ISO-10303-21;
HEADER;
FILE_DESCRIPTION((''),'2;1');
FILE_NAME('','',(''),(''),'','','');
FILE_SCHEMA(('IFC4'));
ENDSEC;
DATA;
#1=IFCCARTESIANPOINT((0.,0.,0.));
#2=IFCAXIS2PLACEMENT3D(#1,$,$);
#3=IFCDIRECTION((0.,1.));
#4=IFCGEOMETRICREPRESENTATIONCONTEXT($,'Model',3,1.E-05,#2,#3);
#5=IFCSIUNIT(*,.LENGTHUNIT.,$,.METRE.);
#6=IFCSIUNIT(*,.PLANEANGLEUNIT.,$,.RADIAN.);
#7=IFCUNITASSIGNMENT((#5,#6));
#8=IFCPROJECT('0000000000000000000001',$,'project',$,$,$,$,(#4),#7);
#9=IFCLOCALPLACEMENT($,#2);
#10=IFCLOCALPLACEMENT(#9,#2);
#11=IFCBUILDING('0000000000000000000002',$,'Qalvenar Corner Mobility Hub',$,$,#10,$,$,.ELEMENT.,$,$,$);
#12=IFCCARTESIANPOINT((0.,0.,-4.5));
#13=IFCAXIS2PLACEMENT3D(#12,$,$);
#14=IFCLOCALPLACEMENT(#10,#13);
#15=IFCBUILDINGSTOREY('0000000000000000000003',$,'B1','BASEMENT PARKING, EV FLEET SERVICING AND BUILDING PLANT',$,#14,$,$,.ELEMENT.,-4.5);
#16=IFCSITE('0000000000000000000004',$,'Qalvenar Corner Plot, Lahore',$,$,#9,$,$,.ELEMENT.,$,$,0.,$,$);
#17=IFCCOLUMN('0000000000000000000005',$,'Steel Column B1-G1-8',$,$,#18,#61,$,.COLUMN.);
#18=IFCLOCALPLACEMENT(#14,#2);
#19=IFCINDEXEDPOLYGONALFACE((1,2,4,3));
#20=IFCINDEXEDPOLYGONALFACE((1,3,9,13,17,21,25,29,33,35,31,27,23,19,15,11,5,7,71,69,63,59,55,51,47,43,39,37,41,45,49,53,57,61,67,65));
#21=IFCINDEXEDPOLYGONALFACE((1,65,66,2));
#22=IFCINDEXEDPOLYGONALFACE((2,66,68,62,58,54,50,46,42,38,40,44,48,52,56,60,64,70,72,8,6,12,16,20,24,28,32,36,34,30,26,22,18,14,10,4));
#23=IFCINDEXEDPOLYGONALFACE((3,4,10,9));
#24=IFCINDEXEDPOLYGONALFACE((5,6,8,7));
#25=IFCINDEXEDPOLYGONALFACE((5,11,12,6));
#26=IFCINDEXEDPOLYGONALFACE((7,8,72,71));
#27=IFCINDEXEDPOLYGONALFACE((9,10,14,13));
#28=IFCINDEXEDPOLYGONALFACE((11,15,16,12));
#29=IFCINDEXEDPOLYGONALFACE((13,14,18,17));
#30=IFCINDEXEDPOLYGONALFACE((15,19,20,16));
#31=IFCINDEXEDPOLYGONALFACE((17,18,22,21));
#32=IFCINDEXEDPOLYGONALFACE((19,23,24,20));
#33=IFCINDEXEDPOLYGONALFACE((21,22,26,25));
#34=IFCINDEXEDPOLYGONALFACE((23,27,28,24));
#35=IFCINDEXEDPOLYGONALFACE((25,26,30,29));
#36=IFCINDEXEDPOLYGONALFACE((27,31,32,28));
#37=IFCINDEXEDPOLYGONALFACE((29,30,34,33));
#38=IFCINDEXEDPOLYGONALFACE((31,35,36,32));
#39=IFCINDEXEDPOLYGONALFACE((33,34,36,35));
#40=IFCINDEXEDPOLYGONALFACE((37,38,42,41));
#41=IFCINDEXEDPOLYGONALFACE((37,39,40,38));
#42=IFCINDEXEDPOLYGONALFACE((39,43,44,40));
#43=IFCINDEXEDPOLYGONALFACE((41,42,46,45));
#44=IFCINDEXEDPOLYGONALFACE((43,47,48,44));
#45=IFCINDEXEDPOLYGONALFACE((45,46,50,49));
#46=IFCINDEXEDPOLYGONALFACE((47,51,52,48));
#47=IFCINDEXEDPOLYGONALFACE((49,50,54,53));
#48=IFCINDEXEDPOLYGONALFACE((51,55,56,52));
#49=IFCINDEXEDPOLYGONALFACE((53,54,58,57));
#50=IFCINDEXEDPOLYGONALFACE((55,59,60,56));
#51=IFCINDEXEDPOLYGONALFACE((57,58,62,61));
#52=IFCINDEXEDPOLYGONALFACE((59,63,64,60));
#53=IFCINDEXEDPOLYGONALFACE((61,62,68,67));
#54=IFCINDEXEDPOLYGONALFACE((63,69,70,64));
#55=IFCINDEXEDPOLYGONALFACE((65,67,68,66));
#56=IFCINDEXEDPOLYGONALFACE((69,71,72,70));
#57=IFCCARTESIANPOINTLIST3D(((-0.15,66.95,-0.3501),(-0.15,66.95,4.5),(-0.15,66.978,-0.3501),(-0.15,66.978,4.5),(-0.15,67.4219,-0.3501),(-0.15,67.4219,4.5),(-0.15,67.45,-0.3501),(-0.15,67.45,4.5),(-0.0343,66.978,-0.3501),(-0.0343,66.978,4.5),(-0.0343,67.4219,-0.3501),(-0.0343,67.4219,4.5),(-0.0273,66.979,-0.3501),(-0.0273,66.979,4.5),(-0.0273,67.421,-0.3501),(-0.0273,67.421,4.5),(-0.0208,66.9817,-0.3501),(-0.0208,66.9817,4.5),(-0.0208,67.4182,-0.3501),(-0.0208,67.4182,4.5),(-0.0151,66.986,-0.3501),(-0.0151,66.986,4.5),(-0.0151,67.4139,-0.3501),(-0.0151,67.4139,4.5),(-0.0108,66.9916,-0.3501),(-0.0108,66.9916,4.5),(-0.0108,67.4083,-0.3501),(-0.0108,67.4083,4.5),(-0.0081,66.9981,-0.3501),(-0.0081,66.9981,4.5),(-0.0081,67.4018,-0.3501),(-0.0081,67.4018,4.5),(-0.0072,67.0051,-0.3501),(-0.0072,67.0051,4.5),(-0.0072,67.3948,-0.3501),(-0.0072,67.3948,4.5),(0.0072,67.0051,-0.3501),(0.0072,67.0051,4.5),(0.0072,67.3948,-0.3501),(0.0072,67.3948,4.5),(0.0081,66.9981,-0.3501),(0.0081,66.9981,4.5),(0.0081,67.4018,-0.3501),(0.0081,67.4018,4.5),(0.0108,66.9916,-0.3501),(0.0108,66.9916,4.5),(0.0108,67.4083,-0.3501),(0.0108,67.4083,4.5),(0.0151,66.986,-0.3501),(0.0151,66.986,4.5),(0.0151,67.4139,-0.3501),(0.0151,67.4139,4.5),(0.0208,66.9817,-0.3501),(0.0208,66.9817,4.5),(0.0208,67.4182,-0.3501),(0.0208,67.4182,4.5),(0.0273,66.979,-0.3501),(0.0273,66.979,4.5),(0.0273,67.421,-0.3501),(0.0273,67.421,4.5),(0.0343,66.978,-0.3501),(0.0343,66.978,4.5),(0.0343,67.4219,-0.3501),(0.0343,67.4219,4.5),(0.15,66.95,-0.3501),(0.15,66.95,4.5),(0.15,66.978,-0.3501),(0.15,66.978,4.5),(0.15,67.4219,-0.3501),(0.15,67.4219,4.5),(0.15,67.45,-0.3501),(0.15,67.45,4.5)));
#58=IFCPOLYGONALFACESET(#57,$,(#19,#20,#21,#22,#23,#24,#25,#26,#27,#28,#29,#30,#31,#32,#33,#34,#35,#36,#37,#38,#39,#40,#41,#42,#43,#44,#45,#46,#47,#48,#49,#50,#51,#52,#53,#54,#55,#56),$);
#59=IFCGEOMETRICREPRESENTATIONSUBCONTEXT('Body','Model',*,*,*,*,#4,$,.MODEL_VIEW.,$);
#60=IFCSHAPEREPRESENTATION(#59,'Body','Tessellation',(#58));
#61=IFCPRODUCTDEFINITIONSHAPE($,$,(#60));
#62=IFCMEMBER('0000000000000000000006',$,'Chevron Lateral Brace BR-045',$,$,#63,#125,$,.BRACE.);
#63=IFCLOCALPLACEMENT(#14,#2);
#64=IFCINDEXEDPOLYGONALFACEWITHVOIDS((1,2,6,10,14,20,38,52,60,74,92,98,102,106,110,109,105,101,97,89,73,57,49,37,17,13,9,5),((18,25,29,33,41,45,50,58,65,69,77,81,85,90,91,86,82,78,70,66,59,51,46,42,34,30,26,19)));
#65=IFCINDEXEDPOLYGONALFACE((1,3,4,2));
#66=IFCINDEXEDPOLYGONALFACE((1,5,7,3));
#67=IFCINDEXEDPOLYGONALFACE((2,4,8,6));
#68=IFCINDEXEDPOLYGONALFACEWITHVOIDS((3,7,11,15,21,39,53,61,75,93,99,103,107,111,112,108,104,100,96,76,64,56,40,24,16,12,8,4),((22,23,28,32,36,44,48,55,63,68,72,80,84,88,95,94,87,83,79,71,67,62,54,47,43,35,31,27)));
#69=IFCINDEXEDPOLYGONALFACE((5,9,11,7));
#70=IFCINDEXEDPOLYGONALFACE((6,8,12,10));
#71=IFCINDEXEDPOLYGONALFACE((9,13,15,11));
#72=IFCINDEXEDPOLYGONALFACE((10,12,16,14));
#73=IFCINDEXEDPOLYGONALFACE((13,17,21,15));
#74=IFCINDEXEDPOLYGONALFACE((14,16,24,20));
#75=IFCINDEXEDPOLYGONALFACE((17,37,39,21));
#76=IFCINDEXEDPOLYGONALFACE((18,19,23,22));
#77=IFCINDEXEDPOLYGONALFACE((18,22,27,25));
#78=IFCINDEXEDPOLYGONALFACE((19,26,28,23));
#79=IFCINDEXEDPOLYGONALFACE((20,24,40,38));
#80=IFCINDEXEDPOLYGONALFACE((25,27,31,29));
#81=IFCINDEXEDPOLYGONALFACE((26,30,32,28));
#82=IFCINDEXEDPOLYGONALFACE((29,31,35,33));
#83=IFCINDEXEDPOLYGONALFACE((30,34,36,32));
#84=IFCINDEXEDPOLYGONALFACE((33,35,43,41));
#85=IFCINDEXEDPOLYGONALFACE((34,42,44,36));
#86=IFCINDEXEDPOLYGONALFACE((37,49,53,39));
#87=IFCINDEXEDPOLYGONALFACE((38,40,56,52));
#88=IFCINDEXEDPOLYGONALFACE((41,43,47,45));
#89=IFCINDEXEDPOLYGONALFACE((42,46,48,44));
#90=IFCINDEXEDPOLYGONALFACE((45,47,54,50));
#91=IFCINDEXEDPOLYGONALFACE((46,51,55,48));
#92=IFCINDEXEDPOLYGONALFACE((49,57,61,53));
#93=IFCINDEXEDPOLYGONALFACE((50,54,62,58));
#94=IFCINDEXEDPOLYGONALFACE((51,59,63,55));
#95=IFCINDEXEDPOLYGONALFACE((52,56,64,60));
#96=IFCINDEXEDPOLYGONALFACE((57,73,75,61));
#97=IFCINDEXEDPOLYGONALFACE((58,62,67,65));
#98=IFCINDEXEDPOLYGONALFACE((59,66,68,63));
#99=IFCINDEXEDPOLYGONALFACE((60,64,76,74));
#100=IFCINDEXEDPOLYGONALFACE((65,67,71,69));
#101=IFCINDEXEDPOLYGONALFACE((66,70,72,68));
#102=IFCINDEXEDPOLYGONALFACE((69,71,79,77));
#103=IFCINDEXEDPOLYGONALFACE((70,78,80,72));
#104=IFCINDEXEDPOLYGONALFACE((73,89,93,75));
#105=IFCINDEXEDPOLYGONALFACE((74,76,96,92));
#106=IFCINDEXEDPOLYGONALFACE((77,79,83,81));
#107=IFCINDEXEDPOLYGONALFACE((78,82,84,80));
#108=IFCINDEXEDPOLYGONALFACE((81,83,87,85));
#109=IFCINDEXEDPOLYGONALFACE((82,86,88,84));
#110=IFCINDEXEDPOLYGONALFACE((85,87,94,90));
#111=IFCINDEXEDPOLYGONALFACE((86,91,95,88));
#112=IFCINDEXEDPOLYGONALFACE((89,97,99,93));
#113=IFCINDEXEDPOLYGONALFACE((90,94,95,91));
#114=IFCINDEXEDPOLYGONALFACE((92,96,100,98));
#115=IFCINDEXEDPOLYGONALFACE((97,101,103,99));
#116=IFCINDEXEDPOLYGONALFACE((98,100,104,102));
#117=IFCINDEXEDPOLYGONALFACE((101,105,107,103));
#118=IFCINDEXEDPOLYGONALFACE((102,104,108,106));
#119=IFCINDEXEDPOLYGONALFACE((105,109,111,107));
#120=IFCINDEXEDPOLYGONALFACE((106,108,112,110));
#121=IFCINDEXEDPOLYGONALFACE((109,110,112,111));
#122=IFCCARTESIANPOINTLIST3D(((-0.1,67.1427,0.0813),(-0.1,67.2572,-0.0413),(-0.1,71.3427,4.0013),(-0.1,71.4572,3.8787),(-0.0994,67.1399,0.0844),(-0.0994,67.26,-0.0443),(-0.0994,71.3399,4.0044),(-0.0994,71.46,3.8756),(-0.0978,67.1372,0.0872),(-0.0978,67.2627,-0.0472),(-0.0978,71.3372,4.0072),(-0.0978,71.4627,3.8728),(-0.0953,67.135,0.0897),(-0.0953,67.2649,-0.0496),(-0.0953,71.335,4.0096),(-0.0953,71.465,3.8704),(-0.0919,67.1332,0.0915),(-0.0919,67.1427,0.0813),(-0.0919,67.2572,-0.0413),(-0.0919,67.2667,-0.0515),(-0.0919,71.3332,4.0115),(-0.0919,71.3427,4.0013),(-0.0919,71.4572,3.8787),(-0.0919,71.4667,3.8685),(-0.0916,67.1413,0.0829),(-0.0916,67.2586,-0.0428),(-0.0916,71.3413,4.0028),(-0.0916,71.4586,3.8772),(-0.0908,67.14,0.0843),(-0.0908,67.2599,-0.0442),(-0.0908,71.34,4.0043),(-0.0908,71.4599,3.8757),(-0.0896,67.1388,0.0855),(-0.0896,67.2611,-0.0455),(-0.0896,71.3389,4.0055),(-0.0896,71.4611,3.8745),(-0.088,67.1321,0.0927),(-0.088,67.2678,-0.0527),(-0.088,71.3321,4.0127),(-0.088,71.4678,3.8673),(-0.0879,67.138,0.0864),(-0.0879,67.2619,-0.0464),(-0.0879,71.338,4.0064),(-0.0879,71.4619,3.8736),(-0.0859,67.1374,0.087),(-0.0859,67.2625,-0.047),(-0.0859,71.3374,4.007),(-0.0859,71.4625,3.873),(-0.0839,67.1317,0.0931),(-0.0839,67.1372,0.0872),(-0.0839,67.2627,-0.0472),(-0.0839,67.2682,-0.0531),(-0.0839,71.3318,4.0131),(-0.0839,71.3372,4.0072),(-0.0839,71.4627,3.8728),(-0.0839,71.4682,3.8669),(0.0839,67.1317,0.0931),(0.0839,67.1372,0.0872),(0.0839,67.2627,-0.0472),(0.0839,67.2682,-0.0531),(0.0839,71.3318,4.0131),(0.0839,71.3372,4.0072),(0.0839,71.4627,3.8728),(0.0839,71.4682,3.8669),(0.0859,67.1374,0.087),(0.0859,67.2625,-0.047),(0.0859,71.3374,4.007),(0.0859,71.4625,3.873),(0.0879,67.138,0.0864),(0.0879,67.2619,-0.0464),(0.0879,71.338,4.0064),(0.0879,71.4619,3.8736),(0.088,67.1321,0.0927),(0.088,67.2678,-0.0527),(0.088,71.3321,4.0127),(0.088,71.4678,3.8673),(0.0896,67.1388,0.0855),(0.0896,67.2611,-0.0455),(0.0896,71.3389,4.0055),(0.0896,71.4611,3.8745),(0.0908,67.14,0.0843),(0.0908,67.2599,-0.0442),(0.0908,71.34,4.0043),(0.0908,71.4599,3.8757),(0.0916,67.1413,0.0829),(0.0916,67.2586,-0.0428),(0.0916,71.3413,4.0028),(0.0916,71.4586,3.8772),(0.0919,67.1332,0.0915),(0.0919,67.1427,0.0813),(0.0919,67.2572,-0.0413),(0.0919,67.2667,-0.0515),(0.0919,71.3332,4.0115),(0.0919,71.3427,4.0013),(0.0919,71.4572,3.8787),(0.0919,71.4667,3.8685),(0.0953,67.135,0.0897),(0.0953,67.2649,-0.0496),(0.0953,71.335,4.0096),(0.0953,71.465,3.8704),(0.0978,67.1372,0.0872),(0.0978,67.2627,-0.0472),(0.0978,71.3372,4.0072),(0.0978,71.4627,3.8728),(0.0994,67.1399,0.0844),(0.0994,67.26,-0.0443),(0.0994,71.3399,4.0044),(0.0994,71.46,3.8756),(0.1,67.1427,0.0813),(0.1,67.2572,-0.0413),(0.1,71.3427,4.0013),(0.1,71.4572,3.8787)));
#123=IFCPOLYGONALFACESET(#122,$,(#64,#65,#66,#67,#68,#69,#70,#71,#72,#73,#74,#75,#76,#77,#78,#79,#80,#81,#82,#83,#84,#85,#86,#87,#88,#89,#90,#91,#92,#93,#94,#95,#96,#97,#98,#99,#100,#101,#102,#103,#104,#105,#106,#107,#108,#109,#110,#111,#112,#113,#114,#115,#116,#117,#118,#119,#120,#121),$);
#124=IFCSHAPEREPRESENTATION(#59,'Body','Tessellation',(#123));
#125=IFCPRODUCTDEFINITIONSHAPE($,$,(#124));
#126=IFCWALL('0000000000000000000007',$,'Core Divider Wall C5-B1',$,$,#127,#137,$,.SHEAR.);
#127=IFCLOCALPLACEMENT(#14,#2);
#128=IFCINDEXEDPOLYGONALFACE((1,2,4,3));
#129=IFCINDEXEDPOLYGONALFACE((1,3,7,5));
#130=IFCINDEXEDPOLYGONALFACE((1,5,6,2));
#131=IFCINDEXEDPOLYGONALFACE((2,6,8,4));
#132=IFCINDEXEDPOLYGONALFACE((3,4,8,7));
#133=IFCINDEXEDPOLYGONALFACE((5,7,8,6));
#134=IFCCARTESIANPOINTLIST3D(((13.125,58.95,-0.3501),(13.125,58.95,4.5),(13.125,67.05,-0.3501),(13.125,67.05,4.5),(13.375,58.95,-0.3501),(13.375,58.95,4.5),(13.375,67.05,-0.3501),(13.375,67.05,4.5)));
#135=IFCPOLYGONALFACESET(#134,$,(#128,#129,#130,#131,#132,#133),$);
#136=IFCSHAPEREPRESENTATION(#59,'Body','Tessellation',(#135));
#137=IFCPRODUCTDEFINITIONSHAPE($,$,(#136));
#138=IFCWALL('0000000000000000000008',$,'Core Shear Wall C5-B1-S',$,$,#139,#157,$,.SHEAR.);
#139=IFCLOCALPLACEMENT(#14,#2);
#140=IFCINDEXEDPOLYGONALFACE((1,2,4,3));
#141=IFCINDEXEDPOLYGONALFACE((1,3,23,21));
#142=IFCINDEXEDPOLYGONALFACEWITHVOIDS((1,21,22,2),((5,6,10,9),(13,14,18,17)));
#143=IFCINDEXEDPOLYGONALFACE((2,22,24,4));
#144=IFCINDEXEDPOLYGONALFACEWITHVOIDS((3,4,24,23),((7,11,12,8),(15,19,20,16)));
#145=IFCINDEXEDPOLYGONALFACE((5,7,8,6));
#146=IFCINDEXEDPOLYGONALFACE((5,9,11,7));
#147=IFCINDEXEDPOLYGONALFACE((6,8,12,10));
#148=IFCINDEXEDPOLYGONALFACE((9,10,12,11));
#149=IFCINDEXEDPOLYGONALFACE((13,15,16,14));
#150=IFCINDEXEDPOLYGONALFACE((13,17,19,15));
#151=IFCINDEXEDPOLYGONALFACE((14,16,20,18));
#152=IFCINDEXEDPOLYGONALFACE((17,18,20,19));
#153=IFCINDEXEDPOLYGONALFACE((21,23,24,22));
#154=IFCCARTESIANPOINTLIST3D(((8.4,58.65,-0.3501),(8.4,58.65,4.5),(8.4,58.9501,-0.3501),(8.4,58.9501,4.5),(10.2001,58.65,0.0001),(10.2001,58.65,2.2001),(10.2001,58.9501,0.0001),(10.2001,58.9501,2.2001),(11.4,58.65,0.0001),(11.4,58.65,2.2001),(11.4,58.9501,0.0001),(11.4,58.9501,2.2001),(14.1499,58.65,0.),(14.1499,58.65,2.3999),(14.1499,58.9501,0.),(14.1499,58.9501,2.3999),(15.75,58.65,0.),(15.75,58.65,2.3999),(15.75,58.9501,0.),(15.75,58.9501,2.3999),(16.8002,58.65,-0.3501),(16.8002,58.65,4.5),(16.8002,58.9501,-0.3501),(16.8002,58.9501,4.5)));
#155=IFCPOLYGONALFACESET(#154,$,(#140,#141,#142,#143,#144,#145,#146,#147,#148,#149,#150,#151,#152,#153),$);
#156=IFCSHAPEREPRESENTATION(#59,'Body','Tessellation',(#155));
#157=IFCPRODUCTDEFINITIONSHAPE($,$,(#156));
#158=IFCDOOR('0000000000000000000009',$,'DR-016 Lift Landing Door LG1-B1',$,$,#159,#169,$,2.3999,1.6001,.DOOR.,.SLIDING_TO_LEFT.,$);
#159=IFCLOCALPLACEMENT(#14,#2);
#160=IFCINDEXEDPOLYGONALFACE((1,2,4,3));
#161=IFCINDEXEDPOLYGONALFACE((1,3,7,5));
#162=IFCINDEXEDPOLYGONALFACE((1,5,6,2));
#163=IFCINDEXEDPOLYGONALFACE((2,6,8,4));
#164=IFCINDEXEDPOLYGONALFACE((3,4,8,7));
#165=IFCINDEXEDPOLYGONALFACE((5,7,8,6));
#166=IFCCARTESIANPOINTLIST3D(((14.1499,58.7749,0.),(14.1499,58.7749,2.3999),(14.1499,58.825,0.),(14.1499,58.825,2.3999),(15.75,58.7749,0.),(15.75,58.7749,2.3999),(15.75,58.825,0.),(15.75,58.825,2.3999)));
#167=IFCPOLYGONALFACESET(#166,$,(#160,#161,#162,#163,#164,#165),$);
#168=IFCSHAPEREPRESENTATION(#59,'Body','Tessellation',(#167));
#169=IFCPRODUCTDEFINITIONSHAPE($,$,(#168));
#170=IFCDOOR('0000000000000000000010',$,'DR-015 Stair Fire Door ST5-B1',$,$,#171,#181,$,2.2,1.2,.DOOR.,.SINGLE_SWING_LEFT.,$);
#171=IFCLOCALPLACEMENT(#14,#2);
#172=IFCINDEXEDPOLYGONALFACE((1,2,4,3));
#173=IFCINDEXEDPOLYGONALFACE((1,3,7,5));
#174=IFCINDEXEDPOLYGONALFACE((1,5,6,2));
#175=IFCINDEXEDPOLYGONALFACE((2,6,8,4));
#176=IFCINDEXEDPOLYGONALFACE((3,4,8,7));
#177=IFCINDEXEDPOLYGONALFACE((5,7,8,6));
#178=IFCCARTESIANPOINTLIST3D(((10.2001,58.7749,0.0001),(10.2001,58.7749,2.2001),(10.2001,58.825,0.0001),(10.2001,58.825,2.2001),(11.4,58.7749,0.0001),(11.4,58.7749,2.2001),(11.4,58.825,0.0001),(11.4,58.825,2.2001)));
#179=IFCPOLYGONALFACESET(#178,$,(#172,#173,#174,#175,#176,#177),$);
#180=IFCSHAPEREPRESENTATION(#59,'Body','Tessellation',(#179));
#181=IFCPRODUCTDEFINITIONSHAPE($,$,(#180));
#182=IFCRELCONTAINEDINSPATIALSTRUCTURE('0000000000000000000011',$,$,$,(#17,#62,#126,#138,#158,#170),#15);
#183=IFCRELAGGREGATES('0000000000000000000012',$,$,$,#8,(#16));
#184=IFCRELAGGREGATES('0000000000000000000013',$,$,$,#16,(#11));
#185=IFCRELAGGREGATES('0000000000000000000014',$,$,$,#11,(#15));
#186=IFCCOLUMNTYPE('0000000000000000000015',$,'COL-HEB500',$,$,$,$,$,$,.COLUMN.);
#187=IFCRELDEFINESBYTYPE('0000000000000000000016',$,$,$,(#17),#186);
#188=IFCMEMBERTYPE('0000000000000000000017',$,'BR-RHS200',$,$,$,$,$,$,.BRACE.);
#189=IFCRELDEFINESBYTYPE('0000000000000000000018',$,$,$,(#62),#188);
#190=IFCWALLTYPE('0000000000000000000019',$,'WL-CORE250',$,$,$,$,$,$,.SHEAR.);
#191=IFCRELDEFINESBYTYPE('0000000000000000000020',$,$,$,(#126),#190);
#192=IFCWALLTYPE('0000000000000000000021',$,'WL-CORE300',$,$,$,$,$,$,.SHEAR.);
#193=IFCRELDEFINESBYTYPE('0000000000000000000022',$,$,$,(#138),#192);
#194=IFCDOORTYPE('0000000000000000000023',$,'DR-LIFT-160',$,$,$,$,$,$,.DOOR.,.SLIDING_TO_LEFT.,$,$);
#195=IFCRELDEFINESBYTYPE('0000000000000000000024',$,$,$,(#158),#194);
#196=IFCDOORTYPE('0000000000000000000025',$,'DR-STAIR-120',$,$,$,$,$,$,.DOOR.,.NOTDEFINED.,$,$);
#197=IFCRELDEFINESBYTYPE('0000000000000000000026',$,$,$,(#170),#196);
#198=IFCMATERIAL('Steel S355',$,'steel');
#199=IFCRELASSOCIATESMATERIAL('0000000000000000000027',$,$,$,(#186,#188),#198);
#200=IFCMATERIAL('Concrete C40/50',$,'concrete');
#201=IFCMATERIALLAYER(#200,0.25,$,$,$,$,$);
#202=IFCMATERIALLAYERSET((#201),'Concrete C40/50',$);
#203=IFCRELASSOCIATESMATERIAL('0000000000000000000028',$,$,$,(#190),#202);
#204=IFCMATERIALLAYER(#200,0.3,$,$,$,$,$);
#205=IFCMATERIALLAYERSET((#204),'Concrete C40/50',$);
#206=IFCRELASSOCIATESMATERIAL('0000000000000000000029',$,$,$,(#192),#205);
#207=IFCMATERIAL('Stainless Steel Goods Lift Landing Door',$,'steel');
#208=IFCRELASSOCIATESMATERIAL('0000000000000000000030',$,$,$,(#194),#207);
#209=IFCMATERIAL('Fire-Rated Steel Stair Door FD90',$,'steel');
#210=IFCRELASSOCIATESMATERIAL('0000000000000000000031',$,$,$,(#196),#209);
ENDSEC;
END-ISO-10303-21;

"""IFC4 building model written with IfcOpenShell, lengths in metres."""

from ifc_helpers import new_model, si_unit, direction, frame, frame_2d, origin, origin_2d, place, context, subcontext, project, spatial, rectangle, hollow_rectangle, i_section, extrude, material, layer, layer_set, material_profile, profile_set, type_object, element, fill, save


model = new_model("IFC4")

# Units and contexts
model_context = context("Model", 3, precision=1e-05, world=origin(), true_north=direction((0.0, 1.0)))
body_context = subcontext(model_context, "Body", "Model", "MODEL_VIEW")
ifc_project = project(units=[si_unit("LENGTHUNIT", "METRE"), si_unit("PLANEANGLEUNIT", "RADIAN")], contexts=[model_context])

# Site, building, storey
site_placement = place(None, origin())
site = spatial("IfcSite", under=ifc_project, at=site_placement, Name="Qalvenar Corner Plot, Lahore", CompositionType="ELEMENT", RefElevation=0.0)
building_placement = place(site_placement, origin())
building = spatial("IfcBuilding", under=site, at=building_placement, Name="Qalvenar Corner Mobility Hub", CompositionType="ELEMENT")
storey_placement = place(building_placement, frame((0.0, 0.0, -4.5)))
storey = spatial("IfcBuildingStorey", under=building, at=storey_placement, Name="B1", Description="BASEMENT PARKING, EV FLEET SERVICING AND BUILDING PLANT", CompositionType="ELEMENT", Elevation=-4.5)

# Shared definitions
ifc_material_1 = material(Name="Concrete C40/50", Category="concrete")

# Column
ifc_material_2 = material(Name="Steel S355", Category="steel")
ifc_material_profile_1 = material_profile(ifc_material_2, i_section(OverallWidth=0.3, OverallDepth=0.5, WebThickness=0.0144, FlangeThickness=0.0281, FilletRadius=0.0271, at=origin_2d()), Name="HEB500")
ifc_profile_set_1 = profile_set([ifc_material_profile_1], Name="Steel S355")
column_type = type_object("IfcColumnType", Name="COL-HEB500", PredefinedType="COLUMN", material=ifc_profile_set_1)
for number, where, z_axis, x_axis, name in (
    (1, (0.0, 67.2, -0.3501), (0.0, 0.0, 1.0), (1.0, 0.0, 0.0), "Steel Column B1-G1-8"),
):
    element("IfcColumn", number, at=place(storey_placement, frame(where, z_axis=z_axis, x_axis=x_axis)), inside=storey, type_object=column_type, Name=name, PredefinedType="COLUMN", context=body_context, shape_type="SweptSolid", body=[
        extrude(i_section(OverallWidth=0.3, OverallDepth=0.5, WebThickness=0.0144, FlangeThickness=0.0281, FilletRadius=0.0271, at=origin_2d()), origin(), (0.0, 0.0, 1.0), 4.8501),
    ])

# Member
ifc_material_profile_2 = material_profile(ifc_material_2, hollow_rectangle(XDim=0.2, YDim=0.2, WallThickness=0.0081, InnerFilletRadius=0.0081, OuterFilletRadius=0.0161, at=origin_2d()), Name="SHS200x200x8")
ifc_profile_set_2 = profile_set([ifc_material_profile_2], Name="Steel S355")
member_type = type_object("IfcMemberType", Name="BR-RHS200", PredefinedType="BRACE", material=ifc_profile_set_2)
member_placement = place(storey_placement, frame((0.0, 67.2, 0.02), z_axis=(0.0, 0.731058, 0.682315), x_axis=(-1.0, 0.0, 0.0)))
element("IfcMember", 2, at=member_placement, inside=storey, type_object=member_type, Name="Chevron Lateral Brace BR-045", PredefinedType="BRACE", context=body_context, shape_type="SweptSolid", body=[
    extrude(hollow_rectangle(XDim=0.2, YDim=0.2, WallThickness=0.0081, InnerFilletRadius=0.0081, OuterFilletRadius=0.0161, at=origin_2d()), origin(), (0.0, 0.0, 1.0), 5.7451),
])

# Wall
ifc_layer_1 = layer(ifc_material_1, 0.25)
ifc_layer_set_1 = layer_set([ifc_layer_1], Name="Concrete C40/50")
wall_type_1 = type_object("IfcWallType", Name="WL-CORE250", PredefinedType="SHEAR", material=ifc_layer_set_1)
wall_1_placement = place(storey_placement, frame((13.25, 58.95, -0.3501), z_axis=(0.0, 0.0, 1.0), x_axis=(0.0, 1.0, 0.0)))
element("IfcWall", 3, at=wall_1_placement, inside=storey, type_object=wall_type_1, Name="Core Divider Wall C5-B1", PredefinedType="SHEAR", context=body_context, shape_type="SweptSolid", body=[
    extrude(rectangle(XDim=8.1001, YDim=0.25, at=frame_2d((4.05, 0.0))), origin(), (0.0, 0.0, 1.0), 4.8501),
])

# Wall, openings, doors
ifc_layer_2 = layer(ifc_material_1, 0.3)
ifc_layer_set_2 = layer_set([ifc_layer_2], Name="Concrete C40/50")
wall_type_2 = type_object("IfcWallType", Name="WL-CORE300", PredefinedType="SHEAR", material=ifc_layer_set_2)
wall_2_placement = place(storey_placement, frame((8.3999, 58.8, -0.3501), z_axis=(0.0, 0.0, 1.0), x_axis=(1.0, 0.0, 0.0)))
wall_2 = element("IfcWall", 4, at=wall_2_placement, inside=storey, type_object=wall_type_2, Name="Core Shear Wall C5-B1-S", PredefinedType="SHEAR", context=body_context, shape_type="SweptSolid", body=[
    extrude(rectangle(XDim=8.4001, YDim=0.3, at=frame_2d((4.2002, 0.0))), origin(), (0.0, 0.0, 1.0), 4.8501),
])
opening_1_placement = place(wall_2_placement, frame((1.8, 0.0, 0.3501)))
opening_1 = element("IfcOpeningElement", 5, at=opening_1_placement, cuts=wall_2, PredefinedType="OPENING", context=body_context, shape_type="SweptSolid", body=[
    extrude(rectangle(XDim=1.2, YDim=2.2, at=frame_2d((0.6001, 1.1001))), frame((0.0, 0.1602, 0.0), z_axis=(0.0, -1.0, 0.0), x_axis=(1.0, 0.0, 0.0)), (0.0, 0.0, 1.0), 0.3201),
])
opening_2_placement = place(wall_2_placement, frame((5.75, 0.0, 0.3501)))
opening_2 = element("IfcOpeningElement", 6, at=opening_2_placement, cuts=wall_2, PredefinedType="OPENING", context=body_context, shape_type="SweptSolid", body=[
    extrude(rectangle(XDim=1.6001, YDim=2.3999, at=frame_2d((0.8, 1.2))), frame((0.0, 0.1602, 0.0), z_axis=(0.0, -1.0, 0.0), x_axis=(1.0, 0.0, 0.0)), (0.0, 0.0, 1.0), 0.3201),
])
ifc_material_3 = material(Name="Stainless Steel Goods Lift Landing Door", Category="steel")
door_type_1 = type_object("IfcDoorType", Name="DR-LIFT-160", OperationType="SLIDING_TO_LEFT", PredefinedType="DOOR", material=ifc_material_3)
door_1_placement = place(opening_2_placement, origin())
door_1 = element("IfcDoor", 7, at=door_1_placement, inside=storey, type_object=door_type_1, Name="DR-016 Lift Landing Door LG1-B1", OperationType="SLIDING_TO_LEFT", OverallHeight=2.3999, OverallWidth=1.6001, PredefinedType="DOOR", context=body_context, shape_type="SweptSolid", body=[
    extrude(rectangle(XDim=1.6001, YDim=2.3999, at=frame_2d((0.8, 1.2))), frame((0.0, 0.0249, 0.0), z_axis=(0.0, -1.0, 0.0), x_axis=(1.0, 0.0, 0.0)), (0.0, 0.0, 1.0), 0.05),
])
fill(opening_2, door_1)
ifc_material_4 = material(Name="Fire-Rated Steel Stair Door FD90", Category="steel")
door_type_2 = type_object("IfcDoorType", Name="DR-STAIR-120", OperationType="NOTDEFINED", PredefinedType="DOOR", material=ifc_material_4)
door_2_placement = place(opening_1_placement, origin())
door_2 = element("IfcDoor", 8, at=door_2_placement, inside=storey, type_object=door_type_2, Name="DR-015 Stair Fire Door ST5-B1", OperationType="SINGLE_SWING_LEFT", OverallHeight=2.2, OverallWidth=1.2, PredefinedType="DOOR", context=body_context, shape_type="SweptSolid", body=[
    extrude(rectangle(XDim=1.2, YDim=2.2, at=frame_2d((0.6001, 1.1001))), frame((0.0, 0.0249, 0.0), z_axis=(0.0, -1.0, 0.0), x_axis=(1.0, 0.0, 0.0)), (0.0, 0.0, 1.0), 0.05),
])
fill(opening_1, door_2)

save(model, "model.ifc")
